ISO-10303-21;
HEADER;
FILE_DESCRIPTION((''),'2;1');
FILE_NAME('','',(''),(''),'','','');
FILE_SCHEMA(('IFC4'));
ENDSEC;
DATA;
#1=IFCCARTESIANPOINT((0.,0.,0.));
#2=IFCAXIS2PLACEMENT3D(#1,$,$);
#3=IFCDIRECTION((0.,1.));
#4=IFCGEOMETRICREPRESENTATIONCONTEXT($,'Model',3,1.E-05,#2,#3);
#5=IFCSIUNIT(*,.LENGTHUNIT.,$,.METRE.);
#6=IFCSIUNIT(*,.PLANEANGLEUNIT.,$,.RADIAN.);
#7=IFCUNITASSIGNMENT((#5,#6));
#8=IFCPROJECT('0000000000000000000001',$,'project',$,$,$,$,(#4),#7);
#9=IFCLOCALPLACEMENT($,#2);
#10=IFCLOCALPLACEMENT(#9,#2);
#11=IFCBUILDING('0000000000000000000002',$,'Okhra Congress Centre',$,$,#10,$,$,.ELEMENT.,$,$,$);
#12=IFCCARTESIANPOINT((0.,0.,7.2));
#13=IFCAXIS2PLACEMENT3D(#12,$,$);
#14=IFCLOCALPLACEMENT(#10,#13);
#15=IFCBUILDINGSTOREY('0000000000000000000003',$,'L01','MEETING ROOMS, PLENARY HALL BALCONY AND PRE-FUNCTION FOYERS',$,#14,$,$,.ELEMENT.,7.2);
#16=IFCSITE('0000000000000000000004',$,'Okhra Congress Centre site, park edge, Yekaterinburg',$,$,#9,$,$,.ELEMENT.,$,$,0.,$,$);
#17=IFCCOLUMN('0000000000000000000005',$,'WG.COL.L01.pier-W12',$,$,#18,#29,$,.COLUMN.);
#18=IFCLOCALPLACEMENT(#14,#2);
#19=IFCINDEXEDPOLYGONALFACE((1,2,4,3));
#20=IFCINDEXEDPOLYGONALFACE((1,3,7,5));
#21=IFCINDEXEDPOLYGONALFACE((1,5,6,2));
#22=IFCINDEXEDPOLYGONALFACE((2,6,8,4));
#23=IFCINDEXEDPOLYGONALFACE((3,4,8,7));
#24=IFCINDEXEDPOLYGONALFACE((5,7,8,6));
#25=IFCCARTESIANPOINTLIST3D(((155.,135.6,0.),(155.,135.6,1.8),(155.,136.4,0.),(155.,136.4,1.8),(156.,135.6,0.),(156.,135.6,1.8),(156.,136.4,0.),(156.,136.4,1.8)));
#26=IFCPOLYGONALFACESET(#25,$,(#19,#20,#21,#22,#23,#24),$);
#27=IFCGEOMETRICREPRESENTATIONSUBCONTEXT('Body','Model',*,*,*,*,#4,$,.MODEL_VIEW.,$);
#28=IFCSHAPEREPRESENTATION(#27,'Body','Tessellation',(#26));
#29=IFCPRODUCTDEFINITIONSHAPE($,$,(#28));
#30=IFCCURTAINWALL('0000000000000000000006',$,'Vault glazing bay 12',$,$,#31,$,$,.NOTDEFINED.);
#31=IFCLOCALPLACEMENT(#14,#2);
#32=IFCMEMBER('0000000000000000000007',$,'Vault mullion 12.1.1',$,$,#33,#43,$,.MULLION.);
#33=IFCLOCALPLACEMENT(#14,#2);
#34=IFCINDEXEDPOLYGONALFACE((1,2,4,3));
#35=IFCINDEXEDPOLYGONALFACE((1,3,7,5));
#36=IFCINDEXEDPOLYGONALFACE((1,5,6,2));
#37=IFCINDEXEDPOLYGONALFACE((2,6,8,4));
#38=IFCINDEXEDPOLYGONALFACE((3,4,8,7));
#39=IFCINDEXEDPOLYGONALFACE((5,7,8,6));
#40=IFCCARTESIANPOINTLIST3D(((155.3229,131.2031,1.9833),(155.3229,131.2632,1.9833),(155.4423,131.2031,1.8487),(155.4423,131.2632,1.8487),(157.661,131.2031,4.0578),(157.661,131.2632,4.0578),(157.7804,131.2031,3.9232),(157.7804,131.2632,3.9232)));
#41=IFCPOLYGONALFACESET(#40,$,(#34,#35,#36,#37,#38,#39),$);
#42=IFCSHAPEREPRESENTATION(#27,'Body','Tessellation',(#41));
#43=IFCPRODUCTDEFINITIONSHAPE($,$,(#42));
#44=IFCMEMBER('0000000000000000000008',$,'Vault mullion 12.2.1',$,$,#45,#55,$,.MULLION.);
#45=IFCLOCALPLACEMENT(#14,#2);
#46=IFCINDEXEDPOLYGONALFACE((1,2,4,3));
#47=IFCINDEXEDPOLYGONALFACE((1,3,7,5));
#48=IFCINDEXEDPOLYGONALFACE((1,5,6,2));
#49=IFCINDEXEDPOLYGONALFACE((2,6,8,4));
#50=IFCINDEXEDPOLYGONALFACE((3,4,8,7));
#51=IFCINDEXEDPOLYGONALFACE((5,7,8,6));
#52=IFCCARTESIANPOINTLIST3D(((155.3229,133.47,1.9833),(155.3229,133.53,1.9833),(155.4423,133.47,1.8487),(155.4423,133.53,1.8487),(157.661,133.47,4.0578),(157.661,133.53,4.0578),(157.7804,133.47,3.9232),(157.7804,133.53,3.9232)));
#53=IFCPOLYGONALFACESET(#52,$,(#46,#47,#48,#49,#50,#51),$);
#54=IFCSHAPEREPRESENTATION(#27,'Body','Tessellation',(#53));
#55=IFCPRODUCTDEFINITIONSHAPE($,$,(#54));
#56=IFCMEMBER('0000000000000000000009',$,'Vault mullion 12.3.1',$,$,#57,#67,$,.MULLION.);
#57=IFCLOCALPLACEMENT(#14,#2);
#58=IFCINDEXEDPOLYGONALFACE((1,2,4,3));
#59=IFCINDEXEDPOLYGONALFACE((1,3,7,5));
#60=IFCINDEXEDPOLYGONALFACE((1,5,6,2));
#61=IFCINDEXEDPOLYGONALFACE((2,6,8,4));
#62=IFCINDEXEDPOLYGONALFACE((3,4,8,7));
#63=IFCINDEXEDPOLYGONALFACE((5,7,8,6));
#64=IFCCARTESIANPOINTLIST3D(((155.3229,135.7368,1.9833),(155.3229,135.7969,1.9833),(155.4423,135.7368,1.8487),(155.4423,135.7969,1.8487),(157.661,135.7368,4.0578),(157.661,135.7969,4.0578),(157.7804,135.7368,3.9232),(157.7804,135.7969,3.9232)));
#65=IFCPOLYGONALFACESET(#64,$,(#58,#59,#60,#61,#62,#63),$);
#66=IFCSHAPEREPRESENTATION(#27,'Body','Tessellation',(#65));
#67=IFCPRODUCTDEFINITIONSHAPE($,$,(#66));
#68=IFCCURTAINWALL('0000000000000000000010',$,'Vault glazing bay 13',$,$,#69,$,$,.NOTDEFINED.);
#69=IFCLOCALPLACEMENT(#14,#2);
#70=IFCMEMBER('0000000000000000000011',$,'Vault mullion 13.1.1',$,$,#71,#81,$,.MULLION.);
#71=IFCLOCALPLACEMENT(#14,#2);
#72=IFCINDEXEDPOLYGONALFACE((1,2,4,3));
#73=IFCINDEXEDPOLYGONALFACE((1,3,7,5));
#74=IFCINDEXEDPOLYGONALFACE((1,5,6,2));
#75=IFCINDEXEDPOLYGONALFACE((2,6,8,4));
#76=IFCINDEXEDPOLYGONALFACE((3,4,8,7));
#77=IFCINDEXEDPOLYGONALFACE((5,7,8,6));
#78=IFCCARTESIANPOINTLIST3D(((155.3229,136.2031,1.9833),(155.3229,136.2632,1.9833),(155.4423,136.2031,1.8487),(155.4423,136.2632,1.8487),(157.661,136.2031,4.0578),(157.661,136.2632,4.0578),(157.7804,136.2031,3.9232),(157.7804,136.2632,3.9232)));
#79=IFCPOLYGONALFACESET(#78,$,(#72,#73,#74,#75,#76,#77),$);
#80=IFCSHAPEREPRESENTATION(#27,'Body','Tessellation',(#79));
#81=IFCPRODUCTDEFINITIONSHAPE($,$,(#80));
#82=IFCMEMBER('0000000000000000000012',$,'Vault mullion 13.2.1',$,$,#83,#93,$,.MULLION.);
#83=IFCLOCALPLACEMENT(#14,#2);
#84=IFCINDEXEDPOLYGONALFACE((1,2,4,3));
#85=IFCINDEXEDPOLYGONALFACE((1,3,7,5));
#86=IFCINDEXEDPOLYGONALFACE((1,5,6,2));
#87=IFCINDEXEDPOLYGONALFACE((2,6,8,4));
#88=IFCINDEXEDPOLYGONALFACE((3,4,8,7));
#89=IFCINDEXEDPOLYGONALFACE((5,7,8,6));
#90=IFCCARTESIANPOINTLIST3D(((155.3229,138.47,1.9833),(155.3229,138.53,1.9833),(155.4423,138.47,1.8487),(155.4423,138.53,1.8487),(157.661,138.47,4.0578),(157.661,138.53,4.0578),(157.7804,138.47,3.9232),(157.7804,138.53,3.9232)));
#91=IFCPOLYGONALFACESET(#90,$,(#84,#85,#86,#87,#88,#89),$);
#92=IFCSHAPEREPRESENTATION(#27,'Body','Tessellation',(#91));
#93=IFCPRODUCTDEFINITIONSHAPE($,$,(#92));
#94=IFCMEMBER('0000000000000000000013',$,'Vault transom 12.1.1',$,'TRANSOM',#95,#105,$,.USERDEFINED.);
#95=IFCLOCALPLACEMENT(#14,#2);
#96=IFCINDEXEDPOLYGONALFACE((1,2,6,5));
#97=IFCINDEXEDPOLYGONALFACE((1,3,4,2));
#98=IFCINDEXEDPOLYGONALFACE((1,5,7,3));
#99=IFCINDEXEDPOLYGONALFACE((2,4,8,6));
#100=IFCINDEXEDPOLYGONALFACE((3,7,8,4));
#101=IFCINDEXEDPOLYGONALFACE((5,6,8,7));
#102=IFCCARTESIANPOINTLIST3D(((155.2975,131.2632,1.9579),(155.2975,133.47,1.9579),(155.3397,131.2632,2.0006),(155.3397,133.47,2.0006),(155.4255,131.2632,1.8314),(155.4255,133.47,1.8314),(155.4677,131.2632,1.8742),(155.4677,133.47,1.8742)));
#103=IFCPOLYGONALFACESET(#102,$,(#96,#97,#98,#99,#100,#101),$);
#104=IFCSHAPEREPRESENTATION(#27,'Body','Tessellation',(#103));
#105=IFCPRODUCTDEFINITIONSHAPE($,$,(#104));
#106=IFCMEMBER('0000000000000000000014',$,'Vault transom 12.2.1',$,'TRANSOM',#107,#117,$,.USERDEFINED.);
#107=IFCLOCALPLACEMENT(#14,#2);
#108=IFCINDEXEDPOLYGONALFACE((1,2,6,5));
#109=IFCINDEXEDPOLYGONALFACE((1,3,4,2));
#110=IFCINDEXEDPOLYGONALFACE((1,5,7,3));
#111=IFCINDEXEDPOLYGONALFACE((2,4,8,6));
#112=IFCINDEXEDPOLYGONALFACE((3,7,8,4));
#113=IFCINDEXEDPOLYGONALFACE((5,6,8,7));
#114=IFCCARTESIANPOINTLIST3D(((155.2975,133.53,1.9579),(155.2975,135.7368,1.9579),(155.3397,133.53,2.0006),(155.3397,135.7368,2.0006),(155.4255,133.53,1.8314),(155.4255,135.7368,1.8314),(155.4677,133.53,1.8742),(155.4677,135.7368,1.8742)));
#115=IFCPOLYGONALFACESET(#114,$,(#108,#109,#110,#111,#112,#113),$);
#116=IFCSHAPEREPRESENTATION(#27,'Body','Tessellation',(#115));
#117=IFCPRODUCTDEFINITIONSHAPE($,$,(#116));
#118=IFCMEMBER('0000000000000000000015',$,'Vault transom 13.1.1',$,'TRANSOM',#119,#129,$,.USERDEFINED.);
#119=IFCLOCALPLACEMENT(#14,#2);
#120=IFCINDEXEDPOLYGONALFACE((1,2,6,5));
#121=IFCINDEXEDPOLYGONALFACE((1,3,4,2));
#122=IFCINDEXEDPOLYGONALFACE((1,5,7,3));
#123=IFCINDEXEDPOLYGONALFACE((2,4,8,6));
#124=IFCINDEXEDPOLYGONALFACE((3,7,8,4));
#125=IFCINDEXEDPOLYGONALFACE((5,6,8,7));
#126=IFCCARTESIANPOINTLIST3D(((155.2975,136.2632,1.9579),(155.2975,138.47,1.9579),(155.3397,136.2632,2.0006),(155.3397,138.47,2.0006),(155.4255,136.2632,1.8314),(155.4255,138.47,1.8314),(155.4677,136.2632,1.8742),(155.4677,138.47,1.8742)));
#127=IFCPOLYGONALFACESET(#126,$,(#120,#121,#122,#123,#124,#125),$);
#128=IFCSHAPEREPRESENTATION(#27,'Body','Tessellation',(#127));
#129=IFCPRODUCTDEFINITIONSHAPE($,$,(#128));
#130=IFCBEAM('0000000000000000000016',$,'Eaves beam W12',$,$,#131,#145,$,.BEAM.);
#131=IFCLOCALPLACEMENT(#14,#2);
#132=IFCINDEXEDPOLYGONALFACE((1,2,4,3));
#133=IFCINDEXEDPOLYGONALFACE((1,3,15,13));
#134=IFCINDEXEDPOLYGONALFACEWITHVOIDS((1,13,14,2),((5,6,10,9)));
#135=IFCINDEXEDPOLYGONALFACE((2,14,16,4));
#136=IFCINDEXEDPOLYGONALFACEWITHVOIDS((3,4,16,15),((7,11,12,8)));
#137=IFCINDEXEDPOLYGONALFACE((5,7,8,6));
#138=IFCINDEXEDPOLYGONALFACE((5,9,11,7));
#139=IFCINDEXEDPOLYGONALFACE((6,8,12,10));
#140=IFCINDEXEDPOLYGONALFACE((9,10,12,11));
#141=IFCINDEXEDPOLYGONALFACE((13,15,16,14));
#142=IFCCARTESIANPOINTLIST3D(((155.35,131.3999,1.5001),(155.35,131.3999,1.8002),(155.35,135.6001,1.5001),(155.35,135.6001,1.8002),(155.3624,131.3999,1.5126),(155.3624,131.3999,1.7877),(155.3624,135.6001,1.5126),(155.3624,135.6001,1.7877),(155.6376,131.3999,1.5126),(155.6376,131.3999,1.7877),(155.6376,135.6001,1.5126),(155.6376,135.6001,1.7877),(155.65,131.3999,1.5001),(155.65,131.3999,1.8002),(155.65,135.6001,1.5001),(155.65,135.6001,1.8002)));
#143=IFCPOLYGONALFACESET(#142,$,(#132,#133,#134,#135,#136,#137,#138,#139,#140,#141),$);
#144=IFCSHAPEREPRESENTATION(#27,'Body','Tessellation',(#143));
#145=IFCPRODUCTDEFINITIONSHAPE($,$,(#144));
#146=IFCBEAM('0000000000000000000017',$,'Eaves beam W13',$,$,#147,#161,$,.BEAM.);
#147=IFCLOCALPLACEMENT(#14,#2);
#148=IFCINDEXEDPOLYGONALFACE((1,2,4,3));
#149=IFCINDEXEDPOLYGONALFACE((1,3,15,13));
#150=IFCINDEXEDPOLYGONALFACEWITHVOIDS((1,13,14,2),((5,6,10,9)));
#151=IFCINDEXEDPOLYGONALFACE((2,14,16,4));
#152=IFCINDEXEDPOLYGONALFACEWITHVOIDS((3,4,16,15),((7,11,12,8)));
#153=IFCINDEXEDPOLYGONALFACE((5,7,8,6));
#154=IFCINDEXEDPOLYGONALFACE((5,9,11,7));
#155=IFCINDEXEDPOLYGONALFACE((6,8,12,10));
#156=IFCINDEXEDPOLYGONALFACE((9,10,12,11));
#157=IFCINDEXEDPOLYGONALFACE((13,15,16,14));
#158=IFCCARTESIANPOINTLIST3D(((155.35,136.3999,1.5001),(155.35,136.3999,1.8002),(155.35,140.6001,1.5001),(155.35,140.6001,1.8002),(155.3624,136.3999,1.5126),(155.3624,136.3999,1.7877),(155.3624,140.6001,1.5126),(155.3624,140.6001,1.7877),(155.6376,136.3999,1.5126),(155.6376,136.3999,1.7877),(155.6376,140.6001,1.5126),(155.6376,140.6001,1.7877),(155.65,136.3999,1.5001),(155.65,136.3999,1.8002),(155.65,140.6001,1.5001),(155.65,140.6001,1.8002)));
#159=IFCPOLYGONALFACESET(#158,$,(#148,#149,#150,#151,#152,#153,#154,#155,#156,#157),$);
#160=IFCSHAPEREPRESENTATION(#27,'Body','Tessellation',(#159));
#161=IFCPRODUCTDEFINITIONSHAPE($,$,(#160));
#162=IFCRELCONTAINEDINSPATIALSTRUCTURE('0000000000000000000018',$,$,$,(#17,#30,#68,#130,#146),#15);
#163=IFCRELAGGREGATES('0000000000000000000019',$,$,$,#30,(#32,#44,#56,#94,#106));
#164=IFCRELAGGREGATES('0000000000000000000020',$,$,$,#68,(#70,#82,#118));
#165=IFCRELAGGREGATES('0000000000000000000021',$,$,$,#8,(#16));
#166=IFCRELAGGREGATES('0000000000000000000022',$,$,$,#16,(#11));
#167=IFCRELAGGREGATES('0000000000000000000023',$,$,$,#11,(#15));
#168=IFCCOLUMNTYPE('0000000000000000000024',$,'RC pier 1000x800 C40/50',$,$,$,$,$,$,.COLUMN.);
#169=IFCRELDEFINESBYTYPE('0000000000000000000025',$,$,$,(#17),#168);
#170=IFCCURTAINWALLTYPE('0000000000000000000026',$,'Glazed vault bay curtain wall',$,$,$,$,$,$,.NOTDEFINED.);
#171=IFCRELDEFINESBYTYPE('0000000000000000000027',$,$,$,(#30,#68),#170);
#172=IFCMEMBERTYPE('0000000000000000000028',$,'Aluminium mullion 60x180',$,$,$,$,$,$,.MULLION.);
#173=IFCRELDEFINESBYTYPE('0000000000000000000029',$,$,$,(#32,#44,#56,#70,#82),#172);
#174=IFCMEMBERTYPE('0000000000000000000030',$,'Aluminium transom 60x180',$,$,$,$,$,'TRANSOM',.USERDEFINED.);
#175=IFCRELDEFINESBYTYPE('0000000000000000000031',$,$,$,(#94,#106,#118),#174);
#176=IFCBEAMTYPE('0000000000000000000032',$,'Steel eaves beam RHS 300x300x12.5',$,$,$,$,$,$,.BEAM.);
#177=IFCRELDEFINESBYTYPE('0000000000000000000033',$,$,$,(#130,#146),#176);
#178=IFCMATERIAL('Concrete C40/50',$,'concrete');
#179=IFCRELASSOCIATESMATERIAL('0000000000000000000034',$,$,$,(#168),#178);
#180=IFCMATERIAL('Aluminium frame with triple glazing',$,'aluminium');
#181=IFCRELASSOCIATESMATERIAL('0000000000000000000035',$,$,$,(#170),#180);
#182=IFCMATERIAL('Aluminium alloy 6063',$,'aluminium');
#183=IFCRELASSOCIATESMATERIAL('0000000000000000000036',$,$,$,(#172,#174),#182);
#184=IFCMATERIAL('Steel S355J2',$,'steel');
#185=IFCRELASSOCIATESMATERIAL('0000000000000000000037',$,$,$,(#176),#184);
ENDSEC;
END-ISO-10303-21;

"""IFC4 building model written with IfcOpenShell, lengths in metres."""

from ifc_helpers import new_model, si_unit, direction, frame, origin, origin_2d, place, context, subcontext, project, spatial, rectangle, hollow_rectangle, extrude, material, material_profile, profile_set, type_object, element, aggregate, save


model = new_model("IFC4")

# Units and contexts
model_context = context("Model", 3, precision=1e-05, world=origin(), true_north=direction((0.0, 1.0)))
body_context = subcontext(model_context, "Body", "Model", "MODEL_VIEW")
ifc_project = project(units=[si_unit("LENGTHUNIT", "METRE"), si_unit("PLANEANGLEUNIT", "RADIAN")], contexts=[model_context])

# Site, building, storey
site_placement = place(None, origin())
site = spatial("IfcSite", under=ifc_project, at=site_placement, Name="Okhra Congress Centre site, park edge, Yekaterinburg", CompositionType="ELEMENT", RefElevation=0.0)
building_placement = place(site_placement, origin())
building = spatial("IfcBuilding", under=site, at=building_placement, Name="Okhra Congress Centre", CompositionType="ELEMENT")
storey_placement = place(building_placement, frame((0.0, 0.0, 7.2)))
storey = spatial("IfcBuildingStorey", under=building, at=storey_placement, Name="L01", Description="MEETING ROOMS, PLENARY HALL BALCONY AND PRE-FUNCTION FOYERS", CompositionType="ELEMENT", Elevation=7.2)

# Column
ifc_material_1 = material(Name="Concrete C40/50", Category="concrete")
ifc_material_profile_1 = material_profile(ifc_material_1, rectangle(XDim=1.0, YDim=0.8, at=origin_2d()), Name="RC 1000x800")
ifc_profile_set_1 = profile_set([ifc_material_profile_1], Name="Concrete C40/50")
column_type = type_object("IfcColumnType", Name="RC pier 1000x800 C40/50", PredefinedType="COLUMN", material=ifc_profile_set_1)
column_placement = place(storey_placement, frame((155.5, 136.0, 0.0), z_axis=(0.0, 0.0, 1.0), x_axis=(1.0, 0.0, 0.0)))
element("IfcColumn", 1, at=column_placement, inside=storey, type_object=column_type, Name="WG.COL.L01.pier-W12", PredefinedType="COLUMN", context=body_context, shape_type="SweptSolid", body=[
    extrude(rectangle(XDim=1.0, YDim=0.8, at=origin_2d()), origin(), (0.0, 0.0, 1.0), 1.8),
])

# Curtain walls, members
ifc_material_2 = material(Name="Aluminium frame with triple glazing", Category="aluminium")
curtain_wall_type = type_object("IfcCurtainWallType", Name="Glazed vault bay curtain wall", PredefinedType="NOTDEFINED", material=ifc_material_2)
curtain_wall_1_placement = place(storey_placement, origin())
curtain_wall_1 = element("IfcCurtainWall", 2, at=curtain_wall_1_placement, inside=storey, type_object=curtain_wall_type, Name="Vault glazing bay 12", PredefinedType="NOTDEFINED")
ifc_material_3 = material(Name="Aluminium alloy 6063", Category="aluminium")
ifc_material_profile_2 = material_profile(ifc_material_3, rectangle(XDim=0.0601, YDim=0.1799, at=origin_2d()), Name="AL 60x180")
ifc_profile_set_2 = profile_set([ifc_material_profile_2], Name="Aluminium alloy 6063")
member_type_1 = type_object("IfcMemberType", Name="Aluminium mullion 60x180", PredefinedType="MULLION", material=ifc_profile_set_2)
member_1_placement = place(storey_placement, frame((155.3826, 131.2332, 1.916), z_axis=(0.748025, 0.0, 0.66367), x_axis=(0.0, 1.0, 0.0)))
member_1 = element("IfcMember", 3, at=member_1_placement, type_object=member_type_1, Name="Vault mullion 12.1.1", PredefinedType="MULLION", context=body_context, shape_type="SweptSolid", body=[
    extrude(rectangle(XDim=0.0601, YDim=0.1799, at=origin_2d()), origin(), (0.0, 0.0, 1.0), 3.1257),
])
member_2_placement = place(storey_placement, frame((155.3826, 133.5, 1.916), z_axis=(0.748025, 0.0, 0.66367), x_axis=(0.0, 1.0, 0.0)))
member_2 = element("IfcMember", 4, at=member_2_placement, type_object=member_type_1, Name="Vault mullion 12.2.1", PredefinedType="MULLION", context=body_context, shape_type="SweptSolid", body=[
    extrude(rectangle(XDim=0.0601, YDim=0.1799, at=origin_2d()), origin(), (0.0, 0.0, 1.0), 3.1257),
])
member_3_placement = place(storey_placement, frame((155.3826, 135.7668, 1.916), z_axis=(0.748025, 0.0, 0.66367), x_axis=(0.0, 1.0, 0.0)))
member_3 = element("IfcMember", 5, at=member_3_placement, type_object=member_type_1, Name="Vault mullion 12.3.1", PredefinedType="MULLION", context=body_context, shape_type="SweptSolid", body=[
    extrude(rectangle(XDim=0.0601, YDim=0.1799, at=origin_2d()), origin(), (0.0, 0.0, 1.0), 3.1257),
])
curtain_wall_2_placement = place(storey_placement, origin())
curtain_wall_2 = element("IfcCurtainWall", 6, at=curtain_wall_2_placement, inside=storey, type_object=curtain_wall_type, Name="Vault glazing bay 13", PredefinedType="NOTDEFINED")
member_4_placement = place(storey_placement, frame((155.3826, 136.2332, 1.916), z_axis=(0.748025, 0.0, 0.66367), x_axis=(0.0, 1.0, 0.0)))
member_4 = element("IfcMember", 7, at=member_4_placement, type_object=member_type_1, Name="Vault mullion 13.1.1", PredefinedType="MULLION", context=body_context, shape_type="SweptSolid", body=[
    extrude(rectangle(XDim=0.0601, YDim=0.1799, at=origin_2d()), origin(), (0.0, 0.0, 1.0), 3.1257),
])
member_5_placement = place(storey_placement, frame((155.3826, 138.5, 1.916), z_axis=(0.748025, 0.0, 0.66367), x_axis=(0.0, 1.0, 0.0)))
member_5 = element("IfcMember", 8, at=member_5_placement, type_object=member_type_1, Name="Vault mullion 13.2.1", PredefinedType="MULLION", context=body_context, shape_type="SweptSolid", body=[
    extrude(rectangle(XDim=0.0601, YDim=0.1799, at=origin_2d()), origin(), (0.0, 0.0, 1.0), 3.1257),
])

# Members
ifc_material_profile_3 = material_profile(ifc_material_3, rectangle(XDim=0.0601, YDim=0.1799, at=origin_2d()), Name="AL 60x180 transom")
ifc_profile_set_3 = profile_set([ifc_material_profile_3], Name="Aluminium alloy 6063")
member_type_2 = type_object("IfcMemberType", Name="Aluminium transom 60x180", ElementType="TRANSOM", PredefinedType="USERDEFINED", material=ifc_profile_set_3)
member_6_placement = place(storey_placement, frame((155.3826, 131.2632, 1.916), z_axis=(0.0, 1.0, 0.0), x_axis=(-0.702636, 0.0, -0.711549)))
member_6 = element("IfcMember", 9, at=member_6_placement, type_object=member_type_2, Name="Vault transom 12.1.1", ObjectType="TRANSOM", PredefinedType="USERDEFINED", context=body_context, shape_type="SweptSolid", body=[
    extrude(rectangle(XDim=0.0601, YDim=0.1799, at=origin_2d()), origin(), (0.0, 0.0, 1.0), 2.2068),
])
member_7_placement = place(storey_placement, frame((155.3826, 133.53, 1.916), z_axis=(0.0, 1.0, 0.0), x_axis=(-0.702636, 0.0, -0.711549)))
member_7 = element("IfcMember", 10, at=member_7_placement, type_object=member_type_2, Name="Vault transom 12.2.1", ObjectType="TRANSOM", PredefinedType="USERDEFINED", context=body_context, shape_type="SweptSolid", body=[
    extrude(rectangle(XDim=0.0601, YDim=0.1799, at=origin_2d()), origin(), (0.0, 0.0, 1.0), 2.2068),
])
member_8_placement = place(storey_placement, frame((155.3826, 136.2632, 1.916), z_axis=(0.0, 1.0, 0.0), x_axis=(-0.702636, 0.0, -0.711549)))
member_8 = element("IfcMember", 11, at=member_8_placement, type_object=member_type_2, Name="Vault transom 13.1.1", ObjectType="TRANSOM", PredefinedType="USERDEFINED", context=body_context, shape_type="SweptSolid", body=[
    extrude(rectangle(XDim=0.0601, YDim=0.1799, at=origin_2d()), origin(), (0.0, 0.0, 1.0), 2.2068),
])

# Beams
ifc_material_4 = material(Name="Steel S355J2", Category="steel")
ifc_material_profile_4 = material_profile(ifc_material_4, hollow_rectangle(XDim=0.3, YDim=0.3, WallThickness=0.0125, at=origin_2d()), Name="RHS 300x300x12.5")
ifc_profile_set_4 = profile_set([ifc_material_profile_4], Name="Steel S355J2")
beam_type = type_object("IfcBeamType", Name="Steel eaves beam RHS 300x300x12.5", PredefinedType="BEAM", material=ifc_profile_set_4)
for number, where, z_axis, x_axis, name in (
    (12, (155.5, 131.3999, 1.6501), (0.0, 1.0, 0.0), (-1.0, 0.0, 0.0), "Eaves beam W12"),
    (13, (155.5, 136.3999, 1.6501), (0.0, 1.0, 0.0), (-1.0, 0.0, 0.0), "Eaves beam W13"),
):
    element("IfcBeam", number, at=place(storey_placement, frame(where, z_axis=z_axis, x_axis=x_axis)), inside=storey, type_object=beam_type, Name=name, PredefinedType="BEAM", context=body_context, shape_type="SweptSolid", body=[
        extrude(hollow_rectangle(XDim=0.3, YDim=0.3, WallThickness=0.0125, at=origin_2d()), origin(), (0.0, 0.0, 1.0), 4.2002),
    ])

aggregate(curtain_wall_1, [member_1, member_2, member_3, member_6, member_7])
aggregate(curtain_wall_2, [member_4, member_5, member_8])

save(model, "model.ifc")
